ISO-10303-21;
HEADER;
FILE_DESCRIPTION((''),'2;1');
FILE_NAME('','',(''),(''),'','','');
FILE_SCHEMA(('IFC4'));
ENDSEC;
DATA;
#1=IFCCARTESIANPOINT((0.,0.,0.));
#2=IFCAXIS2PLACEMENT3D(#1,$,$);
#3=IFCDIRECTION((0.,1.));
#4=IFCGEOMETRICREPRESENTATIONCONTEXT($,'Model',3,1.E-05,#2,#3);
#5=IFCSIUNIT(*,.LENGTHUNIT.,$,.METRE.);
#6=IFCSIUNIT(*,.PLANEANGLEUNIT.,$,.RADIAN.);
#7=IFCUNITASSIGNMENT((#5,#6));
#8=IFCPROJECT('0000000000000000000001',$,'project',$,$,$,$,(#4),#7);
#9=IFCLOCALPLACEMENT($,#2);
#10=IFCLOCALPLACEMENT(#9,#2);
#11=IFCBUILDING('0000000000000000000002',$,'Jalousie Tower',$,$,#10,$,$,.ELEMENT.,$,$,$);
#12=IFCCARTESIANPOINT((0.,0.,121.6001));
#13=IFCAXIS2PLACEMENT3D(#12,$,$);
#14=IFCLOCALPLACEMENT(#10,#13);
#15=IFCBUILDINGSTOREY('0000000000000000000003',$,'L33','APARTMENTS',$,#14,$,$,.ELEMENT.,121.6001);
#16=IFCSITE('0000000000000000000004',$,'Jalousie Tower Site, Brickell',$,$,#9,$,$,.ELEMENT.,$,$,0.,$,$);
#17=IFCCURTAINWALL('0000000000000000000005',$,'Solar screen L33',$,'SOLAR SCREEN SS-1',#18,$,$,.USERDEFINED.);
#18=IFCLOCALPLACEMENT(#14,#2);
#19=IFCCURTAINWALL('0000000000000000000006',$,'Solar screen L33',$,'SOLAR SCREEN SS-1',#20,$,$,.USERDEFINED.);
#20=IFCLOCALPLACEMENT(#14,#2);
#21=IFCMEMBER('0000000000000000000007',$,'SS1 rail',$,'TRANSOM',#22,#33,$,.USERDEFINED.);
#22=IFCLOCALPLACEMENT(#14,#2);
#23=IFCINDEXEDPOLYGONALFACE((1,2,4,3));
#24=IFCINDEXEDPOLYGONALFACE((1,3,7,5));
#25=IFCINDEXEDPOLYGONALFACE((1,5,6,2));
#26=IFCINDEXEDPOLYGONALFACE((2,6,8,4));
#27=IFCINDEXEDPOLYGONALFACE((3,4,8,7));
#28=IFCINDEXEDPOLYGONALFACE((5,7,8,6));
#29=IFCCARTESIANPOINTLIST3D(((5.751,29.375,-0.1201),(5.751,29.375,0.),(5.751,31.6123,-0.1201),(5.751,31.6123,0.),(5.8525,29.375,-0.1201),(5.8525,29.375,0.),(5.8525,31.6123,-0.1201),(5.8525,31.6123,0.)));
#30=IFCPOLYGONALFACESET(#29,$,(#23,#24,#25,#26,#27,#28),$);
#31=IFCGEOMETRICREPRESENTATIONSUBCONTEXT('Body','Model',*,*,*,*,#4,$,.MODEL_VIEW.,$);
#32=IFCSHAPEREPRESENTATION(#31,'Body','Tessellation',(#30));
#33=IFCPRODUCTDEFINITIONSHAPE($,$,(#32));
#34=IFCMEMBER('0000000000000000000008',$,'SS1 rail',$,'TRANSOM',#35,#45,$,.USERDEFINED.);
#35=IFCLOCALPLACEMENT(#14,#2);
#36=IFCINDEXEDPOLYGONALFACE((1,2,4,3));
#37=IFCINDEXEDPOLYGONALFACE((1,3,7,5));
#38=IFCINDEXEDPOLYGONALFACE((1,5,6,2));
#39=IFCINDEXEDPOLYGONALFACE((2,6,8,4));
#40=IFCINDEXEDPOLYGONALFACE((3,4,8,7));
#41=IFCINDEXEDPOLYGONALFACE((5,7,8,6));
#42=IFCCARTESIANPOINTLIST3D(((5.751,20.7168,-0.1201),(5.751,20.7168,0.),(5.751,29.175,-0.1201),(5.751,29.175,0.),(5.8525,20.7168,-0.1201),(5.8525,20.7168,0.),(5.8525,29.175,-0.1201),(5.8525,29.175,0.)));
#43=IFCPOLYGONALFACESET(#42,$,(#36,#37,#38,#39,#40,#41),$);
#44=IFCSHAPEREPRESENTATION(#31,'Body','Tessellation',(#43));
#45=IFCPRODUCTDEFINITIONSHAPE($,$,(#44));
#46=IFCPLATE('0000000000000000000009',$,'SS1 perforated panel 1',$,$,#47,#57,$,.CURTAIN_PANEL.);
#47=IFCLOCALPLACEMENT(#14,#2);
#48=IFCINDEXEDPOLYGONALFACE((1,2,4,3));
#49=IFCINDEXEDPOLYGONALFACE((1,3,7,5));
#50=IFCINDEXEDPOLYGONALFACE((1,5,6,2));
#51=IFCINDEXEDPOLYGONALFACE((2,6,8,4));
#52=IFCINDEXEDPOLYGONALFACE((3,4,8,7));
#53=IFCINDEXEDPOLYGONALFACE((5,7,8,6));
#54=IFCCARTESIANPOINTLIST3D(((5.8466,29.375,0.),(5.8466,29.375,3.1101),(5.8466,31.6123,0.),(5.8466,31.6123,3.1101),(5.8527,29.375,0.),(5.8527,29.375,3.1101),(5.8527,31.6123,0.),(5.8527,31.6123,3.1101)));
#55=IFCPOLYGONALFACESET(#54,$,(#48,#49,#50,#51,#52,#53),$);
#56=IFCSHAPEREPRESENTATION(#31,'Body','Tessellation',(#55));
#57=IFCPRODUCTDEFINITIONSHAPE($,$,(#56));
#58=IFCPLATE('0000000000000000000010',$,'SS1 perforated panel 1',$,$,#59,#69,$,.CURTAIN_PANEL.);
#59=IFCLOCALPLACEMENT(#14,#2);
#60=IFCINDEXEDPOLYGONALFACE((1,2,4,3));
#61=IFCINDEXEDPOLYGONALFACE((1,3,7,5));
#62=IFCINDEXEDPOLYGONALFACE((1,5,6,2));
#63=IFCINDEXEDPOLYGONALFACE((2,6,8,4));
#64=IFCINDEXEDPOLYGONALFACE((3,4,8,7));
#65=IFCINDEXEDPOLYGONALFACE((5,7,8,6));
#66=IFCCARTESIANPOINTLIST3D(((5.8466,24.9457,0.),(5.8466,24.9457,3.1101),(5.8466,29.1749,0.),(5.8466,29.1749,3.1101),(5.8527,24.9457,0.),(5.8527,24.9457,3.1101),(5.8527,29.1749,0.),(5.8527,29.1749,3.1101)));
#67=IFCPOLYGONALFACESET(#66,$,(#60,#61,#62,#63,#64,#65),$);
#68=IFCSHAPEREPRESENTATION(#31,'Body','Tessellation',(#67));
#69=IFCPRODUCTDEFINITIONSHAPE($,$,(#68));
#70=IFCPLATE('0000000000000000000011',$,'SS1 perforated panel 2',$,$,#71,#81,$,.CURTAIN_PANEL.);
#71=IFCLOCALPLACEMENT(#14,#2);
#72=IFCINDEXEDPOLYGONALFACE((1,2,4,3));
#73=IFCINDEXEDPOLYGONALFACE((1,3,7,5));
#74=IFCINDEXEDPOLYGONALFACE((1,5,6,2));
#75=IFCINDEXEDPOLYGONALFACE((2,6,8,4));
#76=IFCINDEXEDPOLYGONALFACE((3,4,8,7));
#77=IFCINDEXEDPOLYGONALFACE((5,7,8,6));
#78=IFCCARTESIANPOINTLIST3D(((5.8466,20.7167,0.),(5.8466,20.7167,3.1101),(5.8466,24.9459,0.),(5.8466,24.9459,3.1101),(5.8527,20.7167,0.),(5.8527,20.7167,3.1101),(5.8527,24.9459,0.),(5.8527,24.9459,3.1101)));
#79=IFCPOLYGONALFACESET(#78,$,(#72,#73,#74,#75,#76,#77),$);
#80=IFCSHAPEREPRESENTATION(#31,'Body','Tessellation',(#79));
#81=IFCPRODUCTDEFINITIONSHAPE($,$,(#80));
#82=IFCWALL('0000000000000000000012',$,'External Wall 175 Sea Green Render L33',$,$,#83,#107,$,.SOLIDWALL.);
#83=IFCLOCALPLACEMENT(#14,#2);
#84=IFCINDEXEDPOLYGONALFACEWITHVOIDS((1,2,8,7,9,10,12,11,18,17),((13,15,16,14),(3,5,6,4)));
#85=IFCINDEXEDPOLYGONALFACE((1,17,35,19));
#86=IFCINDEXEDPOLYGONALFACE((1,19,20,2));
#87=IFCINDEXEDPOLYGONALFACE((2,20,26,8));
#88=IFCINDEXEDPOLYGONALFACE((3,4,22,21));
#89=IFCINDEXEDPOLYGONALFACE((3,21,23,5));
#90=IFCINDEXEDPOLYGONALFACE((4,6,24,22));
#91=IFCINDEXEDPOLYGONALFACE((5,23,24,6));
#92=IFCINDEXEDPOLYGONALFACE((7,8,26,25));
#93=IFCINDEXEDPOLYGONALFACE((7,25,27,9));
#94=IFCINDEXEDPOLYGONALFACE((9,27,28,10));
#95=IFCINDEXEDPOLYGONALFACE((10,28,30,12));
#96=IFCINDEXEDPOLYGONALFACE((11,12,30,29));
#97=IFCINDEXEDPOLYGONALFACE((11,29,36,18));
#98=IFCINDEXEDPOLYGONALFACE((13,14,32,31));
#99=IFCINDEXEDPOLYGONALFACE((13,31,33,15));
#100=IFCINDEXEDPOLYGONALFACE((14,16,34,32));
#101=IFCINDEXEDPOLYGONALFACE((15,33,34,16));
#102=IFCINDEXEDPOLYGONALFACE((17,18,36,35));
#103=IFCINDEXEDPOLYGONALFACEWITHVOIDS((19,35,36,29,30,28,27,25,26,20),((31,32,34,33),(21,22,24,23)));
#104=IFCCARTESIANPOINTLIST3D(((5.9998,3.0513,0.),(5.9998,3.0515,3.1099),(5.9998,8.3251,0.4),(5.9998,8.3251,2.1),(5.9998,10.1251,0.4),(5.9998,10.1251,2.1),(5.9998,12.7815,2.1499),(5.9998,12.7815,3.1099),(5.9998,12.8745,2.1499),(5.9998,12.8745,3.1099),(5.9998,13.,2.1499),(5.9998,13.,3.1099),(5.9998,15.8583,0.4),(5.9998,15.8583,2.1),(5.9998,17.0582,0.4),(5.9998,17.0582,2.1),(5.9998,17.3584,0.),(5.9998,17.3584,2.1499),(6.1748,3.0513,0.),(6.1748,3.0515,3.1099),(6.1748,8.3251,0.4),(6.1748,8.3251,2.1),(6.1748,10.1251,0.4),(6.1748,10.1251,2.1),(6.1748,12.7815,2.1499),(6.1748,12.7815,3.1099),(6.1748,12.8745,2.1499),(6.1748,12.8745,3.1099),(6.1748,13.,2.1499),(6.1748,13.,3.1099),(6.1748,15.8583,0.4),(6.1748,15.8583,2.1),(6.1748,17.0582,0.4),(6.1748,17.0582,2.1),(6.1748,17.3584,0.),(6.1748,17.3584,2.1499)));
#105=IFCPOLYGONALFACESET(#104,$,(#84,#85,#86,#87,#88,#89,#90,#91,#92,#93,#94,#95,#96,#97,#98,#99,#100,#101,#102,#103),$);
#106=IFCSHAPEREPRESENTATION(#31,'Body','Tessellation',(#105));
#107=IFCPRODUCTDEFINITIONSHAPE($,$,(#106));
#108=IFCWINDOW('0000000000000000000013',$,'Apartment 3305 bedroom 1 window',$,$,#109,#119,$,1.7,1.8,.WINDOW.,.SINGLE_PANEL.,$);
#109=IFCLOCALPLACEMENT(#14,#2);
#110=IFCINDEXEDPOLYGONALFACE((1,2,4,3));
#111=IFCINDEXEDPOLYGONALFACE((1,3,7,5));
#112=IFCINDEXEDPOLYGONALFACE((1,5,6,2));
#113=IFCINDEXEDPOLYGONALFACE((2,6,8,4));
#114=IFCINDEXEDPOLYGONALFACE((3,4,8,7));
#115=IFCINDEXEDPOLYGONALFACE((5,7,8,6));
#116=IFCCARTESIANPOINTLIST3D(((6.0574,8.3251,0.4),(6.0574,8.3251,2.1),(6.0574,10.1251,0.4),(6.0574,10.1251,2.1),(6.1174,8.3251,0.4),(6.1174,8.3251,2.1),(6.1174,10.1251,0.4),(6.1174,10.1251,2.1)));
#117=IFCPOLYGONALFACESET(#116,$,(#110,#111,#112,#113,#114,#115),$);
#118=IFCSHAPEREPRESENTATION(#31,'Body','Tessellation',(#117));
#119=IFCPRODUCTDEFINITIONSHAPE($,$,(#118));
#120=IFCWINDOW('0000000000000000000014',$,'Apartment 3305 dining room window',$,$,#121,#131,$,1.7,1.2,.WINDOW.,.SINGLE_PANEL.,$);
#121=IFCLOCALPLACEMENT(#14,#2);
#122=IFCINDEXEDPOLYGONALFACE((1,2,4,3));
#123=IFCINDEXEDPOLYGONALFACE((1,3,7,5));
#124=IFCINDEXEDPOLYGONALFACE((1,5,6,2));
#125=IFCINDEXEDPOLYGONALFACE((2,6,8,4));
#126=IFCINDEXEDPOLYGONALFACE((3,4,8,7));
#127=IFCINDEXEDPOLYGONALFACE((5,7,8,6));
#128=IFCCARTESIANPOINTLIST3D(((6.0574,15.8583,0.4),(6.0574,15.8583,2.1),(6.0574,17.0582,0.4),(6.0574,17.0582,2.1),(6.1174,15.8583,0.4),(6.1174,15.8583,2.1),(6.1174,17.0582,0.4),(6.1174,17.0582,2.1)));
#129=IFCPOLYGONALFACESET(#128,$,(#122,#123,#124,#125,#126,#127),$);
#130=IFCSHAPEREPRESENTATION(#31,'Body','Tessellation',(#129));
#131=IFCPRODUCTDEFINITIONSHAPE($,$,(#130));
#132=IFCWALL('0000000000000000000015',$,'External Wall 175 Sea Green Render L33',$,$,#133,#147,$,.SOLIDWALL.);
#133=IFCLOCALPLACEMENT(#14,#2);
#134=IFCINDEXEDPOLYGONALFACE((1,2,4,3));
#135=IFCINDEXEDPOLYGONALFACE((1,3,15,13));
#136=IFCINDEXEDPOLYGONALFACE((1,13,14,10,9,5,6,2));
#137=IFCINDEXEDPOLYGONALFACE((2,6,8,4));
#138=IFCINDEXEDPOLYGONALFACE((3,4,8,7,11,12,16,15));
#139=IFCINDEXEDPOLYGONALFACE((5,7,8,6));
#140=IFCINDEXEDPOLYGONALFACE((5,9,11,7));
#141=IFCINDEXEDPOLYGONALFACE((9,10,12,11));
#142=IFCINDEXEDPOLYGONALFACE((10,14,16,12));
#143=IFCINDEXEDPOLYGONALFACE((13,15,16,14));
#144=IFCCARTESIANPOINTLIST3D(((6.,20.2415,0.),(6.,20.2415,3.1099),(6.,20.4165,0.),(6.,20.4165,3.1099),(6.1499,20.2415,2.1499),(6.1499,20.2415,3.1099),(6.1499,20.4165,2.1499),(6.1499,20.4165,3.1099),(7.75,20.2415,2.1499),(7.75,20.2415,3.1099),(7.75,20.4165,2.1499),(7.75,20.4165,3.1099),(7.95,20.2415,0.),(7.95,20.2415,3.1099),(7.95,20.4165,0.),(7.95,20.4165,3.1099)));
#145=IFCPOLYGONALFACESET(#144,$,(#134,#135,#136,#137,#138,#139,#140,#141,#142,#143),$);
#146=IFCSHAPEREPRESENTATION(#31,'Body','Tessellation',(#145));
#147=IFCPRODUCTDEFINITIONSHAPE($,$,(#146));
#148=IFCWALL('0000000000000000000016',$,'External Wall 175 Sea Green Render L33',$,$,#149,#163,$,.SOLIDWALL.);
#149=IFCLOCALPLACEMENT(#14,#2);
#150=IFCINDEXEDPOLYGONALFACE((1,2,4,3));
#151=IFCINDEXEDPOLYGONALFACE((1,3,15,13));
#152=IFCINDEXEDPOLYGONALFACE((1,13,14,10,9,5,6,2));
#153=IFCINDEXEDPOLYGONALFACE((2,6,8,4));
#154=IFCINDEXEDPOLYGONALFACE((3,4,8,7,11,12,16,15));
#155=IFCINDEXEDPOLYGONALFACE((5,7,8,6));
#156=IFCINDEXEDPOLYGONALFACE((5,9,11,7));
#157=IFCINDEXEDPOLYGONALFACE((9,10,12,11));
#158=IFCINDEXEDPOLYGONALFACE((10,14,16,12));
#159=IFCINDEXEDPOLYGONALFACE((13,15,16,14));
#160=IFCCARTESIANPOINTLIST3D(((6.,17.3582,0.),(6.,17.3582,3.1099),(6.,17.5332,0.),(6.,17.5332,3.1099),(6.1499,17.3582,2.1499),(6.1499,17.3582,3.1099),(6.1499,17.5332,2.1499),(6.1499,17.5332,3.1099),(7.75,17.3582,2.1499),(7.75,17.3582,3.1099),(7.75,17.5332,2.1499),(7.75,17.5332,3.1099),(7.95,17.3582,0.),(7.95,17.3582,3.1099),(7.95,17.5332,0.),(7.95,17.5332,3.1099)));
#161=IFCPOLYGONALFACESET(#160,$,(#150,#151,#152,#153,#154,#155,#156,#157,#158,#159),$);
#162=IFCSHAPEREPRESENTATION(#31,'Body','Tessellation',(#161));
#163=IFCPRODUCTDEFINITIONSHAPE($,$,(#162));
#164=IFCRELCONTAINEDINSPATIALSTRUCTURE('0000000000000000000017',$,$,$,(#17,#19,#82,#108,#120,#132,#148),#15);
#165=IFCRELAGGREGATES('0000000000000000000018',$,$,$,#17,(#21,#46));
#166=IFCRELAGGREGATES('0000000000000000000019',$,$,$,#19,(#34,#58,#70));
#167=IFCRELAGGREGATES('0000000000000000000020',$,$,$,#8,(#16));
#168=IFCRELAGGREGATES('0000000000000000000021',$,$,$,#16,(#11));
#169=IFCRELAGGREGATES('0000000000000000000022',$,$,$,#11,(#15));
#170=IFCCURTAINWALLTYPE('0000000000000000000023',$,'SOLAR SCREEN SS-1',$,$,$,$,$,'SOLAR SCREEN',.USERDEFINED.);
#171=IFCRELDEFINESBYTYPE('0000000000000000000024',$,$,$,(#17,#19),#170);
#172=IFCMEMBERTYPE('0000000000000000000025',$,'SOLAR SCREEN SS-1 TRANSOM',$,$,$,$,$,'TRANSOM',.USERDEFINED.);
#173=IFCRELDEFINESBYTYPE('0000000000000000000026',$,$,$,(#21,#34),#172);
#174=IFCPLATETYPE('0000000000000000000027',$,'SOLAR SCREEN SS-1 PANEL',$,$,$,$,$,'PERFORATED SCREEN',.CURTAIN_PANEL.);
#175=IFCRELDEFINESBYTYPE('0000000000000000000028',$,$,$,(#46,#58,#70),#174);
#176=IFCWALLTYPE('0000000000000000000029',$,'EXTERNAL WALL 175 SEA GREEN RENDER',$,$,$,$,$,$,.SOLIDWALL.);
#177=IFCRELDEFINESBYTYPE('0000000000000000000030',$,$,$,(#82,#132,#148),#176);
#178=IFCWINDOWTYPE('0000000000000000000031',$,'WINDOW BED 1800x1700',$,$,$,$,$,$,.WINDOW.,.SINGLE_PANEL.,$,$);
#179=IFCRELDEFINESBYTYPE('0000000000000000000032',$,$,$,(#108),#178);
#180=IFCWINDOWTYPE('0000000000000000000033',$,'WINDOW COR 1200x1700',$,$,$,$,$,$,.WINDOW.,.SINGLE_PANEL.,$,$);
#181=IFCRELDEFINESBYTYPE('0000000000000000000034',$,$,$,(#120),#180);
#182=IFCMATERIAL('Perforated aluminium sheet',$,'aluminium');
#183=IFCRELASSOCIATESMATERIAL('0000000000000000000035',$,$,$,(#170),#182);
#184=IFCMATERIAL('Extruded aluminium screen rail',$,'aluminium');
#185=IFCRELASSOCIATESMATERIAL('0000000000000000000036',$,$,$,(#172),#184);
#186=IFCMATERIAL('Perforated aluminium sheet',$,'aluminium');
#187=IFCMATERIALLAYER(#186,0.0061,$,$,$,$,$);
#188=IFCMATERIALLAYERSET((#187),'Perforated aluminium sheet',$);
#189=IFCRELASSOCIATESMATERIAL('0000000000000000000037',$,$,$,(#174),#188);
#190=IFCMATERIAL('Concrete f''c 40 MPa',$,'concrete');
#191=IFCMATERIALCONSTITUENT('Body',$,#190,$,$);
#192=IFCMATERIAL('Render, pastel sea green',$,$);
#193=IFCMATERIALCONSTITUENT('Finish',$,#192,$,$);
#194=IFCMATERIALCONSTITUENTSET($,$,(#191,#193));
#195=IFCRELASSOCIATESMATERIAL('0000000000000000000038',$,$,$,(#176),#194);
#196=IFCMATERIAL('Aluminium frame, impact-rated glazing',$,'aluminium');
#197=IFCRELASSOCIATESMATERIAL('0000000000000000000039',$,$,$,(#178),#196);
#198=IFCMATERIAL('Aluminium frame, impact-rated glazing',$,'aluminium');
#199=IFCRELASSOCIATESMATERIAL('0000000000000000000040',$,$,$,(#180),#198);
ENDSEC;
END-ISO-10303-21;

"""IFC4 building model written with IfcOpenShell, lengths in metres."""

from ifc_helpers import new_model, si_unit, direction, frame, frame_2d, origin, origin_2d, place, context, subcontext, project, spatial, polyline, rectangle, outline, extrude, material, layer, layer_set, constituent, constituent_set, material_profile, profile_set, type_object, element, fill, aggregate, save


model = new_model("IFC4")

# Units and contexts
model_context = context("Model", 3, precision=1e-05, world=origin(), true_north=direction((0.0, 1.0)))
body_context = subcontext(model_context, "Body", "Model", "MODEL_VIEW")
ifc_project = project(units=[si_unit("LENGTHUNIT", "METRE"), si_unit("PLANEANGLEUNIT", "RADIAN")], contexts=[model_context])

# Site, building, storey
site_placement = place(None, origin())
site = spatial("IfcSite", under=ifc_project, at=site_placement, Name="Jalousie Tower Site, Brickell", CompositionType="ELEMENT", RefElevation=0.0)
building_placement = place(site_placement, origin())
building = spatial("IfcBuilding", under=site, at=building_placement, Name="Jalousie Tower", CompositionType="ELEMENT")
storey_placement = place(building_placement, frame((0.0, 0.0, 121.6001)))
storey = spatial("IfcBuildingStorey", under=building, at=storey_placement, Name="L33", Description="APARTMENTS", CompositionType="ELEMENT", Elevation=121.6001)

# Curtain wall
ifc_material_1 = material(Name="Perforated aluminium sheet", Category="aluminium")
curtain_wall_type = type_object("IfcCurtainWallType", Name="SOLAR SCREEN SS-1", ElementType="SOLAR SCREEN", PredefinedType="USERDEFINED", material=ifc_material_1)
curtain_wall_1_placement = place(storey_placement, origin())
curtain_wall_1 = element("IfcCurtainWall", 1, at=curtain_wall_1_placement, inside=storey, type_object=curtain_wall_type, Name="Solar screen L33", ObjectType="SOLAR SCREEN SS-1", PredefinedType="USERDEFINED")

# Curtain wall
curtain_wall_2_placement = place(storey_placement, origin())
curtain_wall_2 = element("IfcCurtainWall", 2, at=curtain_wall_2_placement, inside=storey, type_object=curtain_wall_type, Name="Solar screen L33", ObjectType="SOLAR SCREEN SS-1", PredefinedType="USERDEFINED")

# Members
ifc_material_2 = material(Name="Extruded aluminium screen rail", Category="aluminium")
ifc_material_profile_1 = material_profile(ifc_material_2, rectangle(XDim=0.1016, YDim=0.1201, at=origin_2d()), Name="RAIL 102x120")
ifc_profile_set_1 = profile_set([ifc_material_profile_1], Name="Extruded aluminium screen rail")
member_type_1 = type_object("IfcMemberType", Name="SOLAR SCREEN SS-1 TRANSOM", ElementType="TRANSOM", PredefinedType="USERDEFINED", material=ifc_profile_set_1)
member_1_placement = place(storey_placement, frame((5.8018, 31.6123, -0.0601), z_axis=(0.0, -1.0, 0.0), x_axis=(1.0, 0.0, 0.0)))
member_1 = element("IfcMember", 3, at=member_1_placement, type_object=member_type_1, Name="SS1 rail", ObjectType="TRANSOM", PredefinedType="USERDEFINED", context=body_context, shape_type="SweptSolid", body=[
    extrude(rectangle(XDim=0.1016, YDim=0.1201, at=origin_2d()), origin(), (0.0, 0.0, 1.0), 2.2373),
])
member_2_placement = place(storey_placement, frame((5.8018, 29.175, -0.0601), z_axis=(0.0, -1.0, 0.0), x_axis=(1.0, 0.0, 0.0)))
member_2 = element("IfcMember", 4, at=member_2_placement, type_object=member_type_1, Name="SS1 rail", ObjectType="TRANSOM", PredefinedType="USERDEFINED", context=body_context, shape_type="SweptSolid", body=[
    extrude(rectangle(XDim=0.1016, YDim=0.1201, at=origin_2d()), origin(), (0.0, 0.0, 1.0), 8.4583),
])

# Plates
ifc_material_3 = material(Name="Perforated aluminium sheet", Category="aluminium")
ifc_layer_1 = layer(ifc_material_3, 0.0061)
ifc_layer_set_1 = layer_set([ifc_layer_1], Name="Perforated aluminium sheet")
plate_type = type_object("IfcPlateType", Name="SOLAR SCREEN SS-1 PANEL", ElementType="PERFORATED SCREEN", PredefinedType="CURTAIN_PANEL", material=ifc_layer_set_1)
plate_1_placement = place(storey_placement, frame((5.8496, 30.4937, 0.0), z_axis=(0.0, 0.0, 1.0), x_axis=(0.0, -1.0, 0.0)))
plate_1 = element("IfcPlate", 5, at=plate_1_placement, type_object=plate_type, Name="SS1 perforated panel 1", PredefinedType="CURTAIN_PANEL", context=body_context, shape_type="SweptSolid", body=[
    extrude(rectangle(XDim=2.2373, YDim=0.0061, at=origin_2d()), origin(), (0.0, 0.0, 1.0), 3.1101),
])
aggregate(curtain_wall_1, [member_1, plate_1])
plate_2_placement = place(storey_placement, frame((5.8496, 27.0603, 0.0), z_axis=(0.0, 0.0, 1.0), x_axis=(0.0, -1.0, 0.0)))
plate_2 = element("IfcPlate", 6, at=plate_2_placement, type_object=plate_type, Name="SS1 perforated panel 1", PredefinedType="CURTAIN_PANEL", context=body_context, shape_type="SweptSolid", body=[
    extrude(rectangle(XDim=4.2292, YDim=0.0061, at=origin_2d()), origin(), (0.0, 0.0, 1.0), 3.1101),
])
plate_3_placement = place(storey_placement, frame((5.8496, 22.8313, 0.0), z_axis=(0.0, 0.0, 1.0), x_axis=(0.0, -1.0, 0.0)))
plate_3 = element("IfcPlate", 7, at=plate_3_placement, type_object=plate_type, Name="SS1 perforated panel 2", PredefinedType="CURTAIN_PANEL", context=body_context, shape_type="SweptSolid", body=[
    extrude(rectangle(XDim=4.2292, YDim=0.0061, at=origin_2d()), origin(), (0.0, 0.0, 1.0), 3.1101),
])
aggregate(curtain_wall_2, [member_2, plate_2, plate_3])

# Wall, openings, windows
ifc_material_4 = material(Name="Concrete f'c 40 MPa", Category="concrete")
ifc_constituent_1 = constituent(ifc_material_4, Name="Body")
ifc_material_5 = material(Name="Render, pastel sea green")
ifc_constituent_2 = constituent(ifc_material_5, Name="Finish")
ifc_constituent_set_1 = constituent_set(constituents=[ifc_constituent_1, ifc_constituent_2])
wall_type_1 = type_object("IfcWallType", Name="EXTERNAL WALL 175 SEA GREEN RENDER", PredefinedType="SOLIDWALL", material=ifc_constituent_set_1)
wall_1_placement = place(storey_placement, frame((6.0874, 17.3584, 0.0), z_axis=(0.0, 0.0, 1.0), x_axis=(0.0, -1.0, 0.0)))
wall_1 = element("IfcWall", 8, at=wall_1_placement, inside=storey, type_object=wall_type_1, Name="External Wall 175 Sea Green Render L33", PredefinedType="SOLIDWALL", context=body_context, shape_type="SweptSolid", body=[
    extrude(outline(polyline([(0.0, 0.0), (14.3071, 0.0), (14.3069, 3.1099), (4.5769, 3.1099), (4.5769, 2.1499), (4.4839, 2.1499), (4.4839, 3.1099), (4.3584, 3.1099), (4.3584, 2.1499), (0.0, 2.1499), (0.0, 0.0)])), frame((0.0, 0.0874, 0.0), z_axis=(0.0, -1.0, 0.0), x_axis=(1.0, 0.0, 0.0)), (0.0, 0.0, 1.0), 0.175),
])
opening_1_placement = place(wall_1_placement, frame((0.3, 0.0, 0.3999)))
opening_1 = element("IfcOpeningElement", 9, at=opening_1_placement, cuts=wall_1, PredefinedType="OPENING", context=body_context, shape_type="SweptSolid", body=[
    extrude(rectangle(XDim=1.2, YDim=1.7, at=frame_2d((0.6001, 0.8501))), frame((0.0, 0.0974, 0.0), z_axis=(0.0, -1.0, 0.0), x_axis=(1.0, 0.0, 0.0)), (0.0, 0.0, 1.0), 0.1951),
])
opening_2_placement = place(wall_1_placement, frame((7.2334, 0.0, 0.3999)))
opening_2 = element("IfcOpeningElement", 10, at=opening_2_placement, cuts=wall_1, PredefinedType="OPENING", context=body_context, shape_type="SweptSolid", body=[
    extrude(rectangle(XDim=1.8, YDim=1.7, at=frame_2d((0.8999, 0.8501))), frame((0.0, 0.0974, 0.0), z_axis=(0.0, -1.0, 0.0), x_axis=(1.0, 0.0, 0.0)), (0.0, 0.0, 1.0), 0.1951),
])
ifc_material_6 = material(Name="Aluminium frame, impact-rated glazing", Category="aluminium")
window_type_1 = type_object("IfcWindowType", Name="WINDOW BED 1800x1700", PartitioningType="SINGLE_PANEL", PredefinedType="WINDOW", material=ifc_material_6)
window_1_placement = place(opening_2_placement, origin())
window_1 = element("IfcWindow", 11, at=window_1_placement, inside=storey, type_object=window_type_1, Name="Apartment 3305 bedroom 1 window", OverallHeight=1.7, OverallWidth=1.8, PartitioningType="SINGLE_PANEL", PredefinedType="WINDOW", context=body_context, shape_type="SweptSolid", body=[
    extrude(rectangle(XDim=1.8, YDim=1.7, at=frame_2d((0.8999, 0.8501))), frame((0.0, 0.03, 0.0), z_axis=(0.0, -1.0, 0.0), x_axis=(1.0, 0.0, 0.0)), (0.0, 0.0, 1.0), 0.0601),
])
fill(opening_2, window_1)
ifc_material_7 = material(Name="Aluminium frame, impact-rated glazing", Category="aluminium")
window_type_2 = type_object("IfcWindowType", Name="WINDOW COR 1200x1700", PartitioningType="SINGLE_PANEL", PredefinedType="WINDOW", material=ifc_material_7)
window_2_placement = place(opening_1_placement, origin())
window_2 = element("IfcWindow", 12, at=window_2_placement, inside=storey, type_object=window_type_2, Name="Apartment 3305 dining room window", OverallHeight=1.7, OverallWidth=1.2, PartitioningType="SINGLE_PANEL", PredefinedType="WINDOW", context=body_context, shape_type="SweptSolid", body=[
    extrude(rectangle(XDim=1.2, YDim=1.7, at=frame_2d((0.6001, 0.8501))), frame((0.0, 0.03, 0.0), z_axis=(0.0, -1.0, 0.0), x_axis=(1.0, 0.0, 0.0)), (0.0, 0.0, 1.0), 0.0601),
])
fill(opening_1, window_2)

# Walls
for number, where, z_axis, x_axis, name in (
    (13, (6.0, 20.3291, 0.0), (0.0, 0.0, 1.0), (1.0, 0.0, 0.0), "External Wall 175 Sea Green Render L33"),
    (14, (6.0, 17.4458, 0.0), (0.0, 0.0, 1.0), (1.0, 0.0, 0.0), "External Wall 175 Sea Green Render L33"),
):
    element("IfcWall", number, at=place(storey_placement, frame(where, z_axis=z_axis, x_axis=x_axis)), inside=storey, type_object=wall_type_1, Name=name, PredefinedType="SOLIDWALL", context=body_context, shape_type="SweptSolid", body=[
        extrude(outline(polyline([(0.0, 0.0), (1.95, 0.0), (1.95, 3.1099), (1.75, 3.1099), (1.75, 2.1499), (0.1499, 2.1499), (0.1499, 3.1099), (0.0, 3.1099), (0.0, 0.0)])), frame((0.0, 0.0874, 0.0), z_axis=(0.0, -1.0, 0.0), x_axis=(1.0, 0.0, 0.0)), (0.0, 0.0, 1.0), 0.175),
    ])

save(model, "model.ifc")
